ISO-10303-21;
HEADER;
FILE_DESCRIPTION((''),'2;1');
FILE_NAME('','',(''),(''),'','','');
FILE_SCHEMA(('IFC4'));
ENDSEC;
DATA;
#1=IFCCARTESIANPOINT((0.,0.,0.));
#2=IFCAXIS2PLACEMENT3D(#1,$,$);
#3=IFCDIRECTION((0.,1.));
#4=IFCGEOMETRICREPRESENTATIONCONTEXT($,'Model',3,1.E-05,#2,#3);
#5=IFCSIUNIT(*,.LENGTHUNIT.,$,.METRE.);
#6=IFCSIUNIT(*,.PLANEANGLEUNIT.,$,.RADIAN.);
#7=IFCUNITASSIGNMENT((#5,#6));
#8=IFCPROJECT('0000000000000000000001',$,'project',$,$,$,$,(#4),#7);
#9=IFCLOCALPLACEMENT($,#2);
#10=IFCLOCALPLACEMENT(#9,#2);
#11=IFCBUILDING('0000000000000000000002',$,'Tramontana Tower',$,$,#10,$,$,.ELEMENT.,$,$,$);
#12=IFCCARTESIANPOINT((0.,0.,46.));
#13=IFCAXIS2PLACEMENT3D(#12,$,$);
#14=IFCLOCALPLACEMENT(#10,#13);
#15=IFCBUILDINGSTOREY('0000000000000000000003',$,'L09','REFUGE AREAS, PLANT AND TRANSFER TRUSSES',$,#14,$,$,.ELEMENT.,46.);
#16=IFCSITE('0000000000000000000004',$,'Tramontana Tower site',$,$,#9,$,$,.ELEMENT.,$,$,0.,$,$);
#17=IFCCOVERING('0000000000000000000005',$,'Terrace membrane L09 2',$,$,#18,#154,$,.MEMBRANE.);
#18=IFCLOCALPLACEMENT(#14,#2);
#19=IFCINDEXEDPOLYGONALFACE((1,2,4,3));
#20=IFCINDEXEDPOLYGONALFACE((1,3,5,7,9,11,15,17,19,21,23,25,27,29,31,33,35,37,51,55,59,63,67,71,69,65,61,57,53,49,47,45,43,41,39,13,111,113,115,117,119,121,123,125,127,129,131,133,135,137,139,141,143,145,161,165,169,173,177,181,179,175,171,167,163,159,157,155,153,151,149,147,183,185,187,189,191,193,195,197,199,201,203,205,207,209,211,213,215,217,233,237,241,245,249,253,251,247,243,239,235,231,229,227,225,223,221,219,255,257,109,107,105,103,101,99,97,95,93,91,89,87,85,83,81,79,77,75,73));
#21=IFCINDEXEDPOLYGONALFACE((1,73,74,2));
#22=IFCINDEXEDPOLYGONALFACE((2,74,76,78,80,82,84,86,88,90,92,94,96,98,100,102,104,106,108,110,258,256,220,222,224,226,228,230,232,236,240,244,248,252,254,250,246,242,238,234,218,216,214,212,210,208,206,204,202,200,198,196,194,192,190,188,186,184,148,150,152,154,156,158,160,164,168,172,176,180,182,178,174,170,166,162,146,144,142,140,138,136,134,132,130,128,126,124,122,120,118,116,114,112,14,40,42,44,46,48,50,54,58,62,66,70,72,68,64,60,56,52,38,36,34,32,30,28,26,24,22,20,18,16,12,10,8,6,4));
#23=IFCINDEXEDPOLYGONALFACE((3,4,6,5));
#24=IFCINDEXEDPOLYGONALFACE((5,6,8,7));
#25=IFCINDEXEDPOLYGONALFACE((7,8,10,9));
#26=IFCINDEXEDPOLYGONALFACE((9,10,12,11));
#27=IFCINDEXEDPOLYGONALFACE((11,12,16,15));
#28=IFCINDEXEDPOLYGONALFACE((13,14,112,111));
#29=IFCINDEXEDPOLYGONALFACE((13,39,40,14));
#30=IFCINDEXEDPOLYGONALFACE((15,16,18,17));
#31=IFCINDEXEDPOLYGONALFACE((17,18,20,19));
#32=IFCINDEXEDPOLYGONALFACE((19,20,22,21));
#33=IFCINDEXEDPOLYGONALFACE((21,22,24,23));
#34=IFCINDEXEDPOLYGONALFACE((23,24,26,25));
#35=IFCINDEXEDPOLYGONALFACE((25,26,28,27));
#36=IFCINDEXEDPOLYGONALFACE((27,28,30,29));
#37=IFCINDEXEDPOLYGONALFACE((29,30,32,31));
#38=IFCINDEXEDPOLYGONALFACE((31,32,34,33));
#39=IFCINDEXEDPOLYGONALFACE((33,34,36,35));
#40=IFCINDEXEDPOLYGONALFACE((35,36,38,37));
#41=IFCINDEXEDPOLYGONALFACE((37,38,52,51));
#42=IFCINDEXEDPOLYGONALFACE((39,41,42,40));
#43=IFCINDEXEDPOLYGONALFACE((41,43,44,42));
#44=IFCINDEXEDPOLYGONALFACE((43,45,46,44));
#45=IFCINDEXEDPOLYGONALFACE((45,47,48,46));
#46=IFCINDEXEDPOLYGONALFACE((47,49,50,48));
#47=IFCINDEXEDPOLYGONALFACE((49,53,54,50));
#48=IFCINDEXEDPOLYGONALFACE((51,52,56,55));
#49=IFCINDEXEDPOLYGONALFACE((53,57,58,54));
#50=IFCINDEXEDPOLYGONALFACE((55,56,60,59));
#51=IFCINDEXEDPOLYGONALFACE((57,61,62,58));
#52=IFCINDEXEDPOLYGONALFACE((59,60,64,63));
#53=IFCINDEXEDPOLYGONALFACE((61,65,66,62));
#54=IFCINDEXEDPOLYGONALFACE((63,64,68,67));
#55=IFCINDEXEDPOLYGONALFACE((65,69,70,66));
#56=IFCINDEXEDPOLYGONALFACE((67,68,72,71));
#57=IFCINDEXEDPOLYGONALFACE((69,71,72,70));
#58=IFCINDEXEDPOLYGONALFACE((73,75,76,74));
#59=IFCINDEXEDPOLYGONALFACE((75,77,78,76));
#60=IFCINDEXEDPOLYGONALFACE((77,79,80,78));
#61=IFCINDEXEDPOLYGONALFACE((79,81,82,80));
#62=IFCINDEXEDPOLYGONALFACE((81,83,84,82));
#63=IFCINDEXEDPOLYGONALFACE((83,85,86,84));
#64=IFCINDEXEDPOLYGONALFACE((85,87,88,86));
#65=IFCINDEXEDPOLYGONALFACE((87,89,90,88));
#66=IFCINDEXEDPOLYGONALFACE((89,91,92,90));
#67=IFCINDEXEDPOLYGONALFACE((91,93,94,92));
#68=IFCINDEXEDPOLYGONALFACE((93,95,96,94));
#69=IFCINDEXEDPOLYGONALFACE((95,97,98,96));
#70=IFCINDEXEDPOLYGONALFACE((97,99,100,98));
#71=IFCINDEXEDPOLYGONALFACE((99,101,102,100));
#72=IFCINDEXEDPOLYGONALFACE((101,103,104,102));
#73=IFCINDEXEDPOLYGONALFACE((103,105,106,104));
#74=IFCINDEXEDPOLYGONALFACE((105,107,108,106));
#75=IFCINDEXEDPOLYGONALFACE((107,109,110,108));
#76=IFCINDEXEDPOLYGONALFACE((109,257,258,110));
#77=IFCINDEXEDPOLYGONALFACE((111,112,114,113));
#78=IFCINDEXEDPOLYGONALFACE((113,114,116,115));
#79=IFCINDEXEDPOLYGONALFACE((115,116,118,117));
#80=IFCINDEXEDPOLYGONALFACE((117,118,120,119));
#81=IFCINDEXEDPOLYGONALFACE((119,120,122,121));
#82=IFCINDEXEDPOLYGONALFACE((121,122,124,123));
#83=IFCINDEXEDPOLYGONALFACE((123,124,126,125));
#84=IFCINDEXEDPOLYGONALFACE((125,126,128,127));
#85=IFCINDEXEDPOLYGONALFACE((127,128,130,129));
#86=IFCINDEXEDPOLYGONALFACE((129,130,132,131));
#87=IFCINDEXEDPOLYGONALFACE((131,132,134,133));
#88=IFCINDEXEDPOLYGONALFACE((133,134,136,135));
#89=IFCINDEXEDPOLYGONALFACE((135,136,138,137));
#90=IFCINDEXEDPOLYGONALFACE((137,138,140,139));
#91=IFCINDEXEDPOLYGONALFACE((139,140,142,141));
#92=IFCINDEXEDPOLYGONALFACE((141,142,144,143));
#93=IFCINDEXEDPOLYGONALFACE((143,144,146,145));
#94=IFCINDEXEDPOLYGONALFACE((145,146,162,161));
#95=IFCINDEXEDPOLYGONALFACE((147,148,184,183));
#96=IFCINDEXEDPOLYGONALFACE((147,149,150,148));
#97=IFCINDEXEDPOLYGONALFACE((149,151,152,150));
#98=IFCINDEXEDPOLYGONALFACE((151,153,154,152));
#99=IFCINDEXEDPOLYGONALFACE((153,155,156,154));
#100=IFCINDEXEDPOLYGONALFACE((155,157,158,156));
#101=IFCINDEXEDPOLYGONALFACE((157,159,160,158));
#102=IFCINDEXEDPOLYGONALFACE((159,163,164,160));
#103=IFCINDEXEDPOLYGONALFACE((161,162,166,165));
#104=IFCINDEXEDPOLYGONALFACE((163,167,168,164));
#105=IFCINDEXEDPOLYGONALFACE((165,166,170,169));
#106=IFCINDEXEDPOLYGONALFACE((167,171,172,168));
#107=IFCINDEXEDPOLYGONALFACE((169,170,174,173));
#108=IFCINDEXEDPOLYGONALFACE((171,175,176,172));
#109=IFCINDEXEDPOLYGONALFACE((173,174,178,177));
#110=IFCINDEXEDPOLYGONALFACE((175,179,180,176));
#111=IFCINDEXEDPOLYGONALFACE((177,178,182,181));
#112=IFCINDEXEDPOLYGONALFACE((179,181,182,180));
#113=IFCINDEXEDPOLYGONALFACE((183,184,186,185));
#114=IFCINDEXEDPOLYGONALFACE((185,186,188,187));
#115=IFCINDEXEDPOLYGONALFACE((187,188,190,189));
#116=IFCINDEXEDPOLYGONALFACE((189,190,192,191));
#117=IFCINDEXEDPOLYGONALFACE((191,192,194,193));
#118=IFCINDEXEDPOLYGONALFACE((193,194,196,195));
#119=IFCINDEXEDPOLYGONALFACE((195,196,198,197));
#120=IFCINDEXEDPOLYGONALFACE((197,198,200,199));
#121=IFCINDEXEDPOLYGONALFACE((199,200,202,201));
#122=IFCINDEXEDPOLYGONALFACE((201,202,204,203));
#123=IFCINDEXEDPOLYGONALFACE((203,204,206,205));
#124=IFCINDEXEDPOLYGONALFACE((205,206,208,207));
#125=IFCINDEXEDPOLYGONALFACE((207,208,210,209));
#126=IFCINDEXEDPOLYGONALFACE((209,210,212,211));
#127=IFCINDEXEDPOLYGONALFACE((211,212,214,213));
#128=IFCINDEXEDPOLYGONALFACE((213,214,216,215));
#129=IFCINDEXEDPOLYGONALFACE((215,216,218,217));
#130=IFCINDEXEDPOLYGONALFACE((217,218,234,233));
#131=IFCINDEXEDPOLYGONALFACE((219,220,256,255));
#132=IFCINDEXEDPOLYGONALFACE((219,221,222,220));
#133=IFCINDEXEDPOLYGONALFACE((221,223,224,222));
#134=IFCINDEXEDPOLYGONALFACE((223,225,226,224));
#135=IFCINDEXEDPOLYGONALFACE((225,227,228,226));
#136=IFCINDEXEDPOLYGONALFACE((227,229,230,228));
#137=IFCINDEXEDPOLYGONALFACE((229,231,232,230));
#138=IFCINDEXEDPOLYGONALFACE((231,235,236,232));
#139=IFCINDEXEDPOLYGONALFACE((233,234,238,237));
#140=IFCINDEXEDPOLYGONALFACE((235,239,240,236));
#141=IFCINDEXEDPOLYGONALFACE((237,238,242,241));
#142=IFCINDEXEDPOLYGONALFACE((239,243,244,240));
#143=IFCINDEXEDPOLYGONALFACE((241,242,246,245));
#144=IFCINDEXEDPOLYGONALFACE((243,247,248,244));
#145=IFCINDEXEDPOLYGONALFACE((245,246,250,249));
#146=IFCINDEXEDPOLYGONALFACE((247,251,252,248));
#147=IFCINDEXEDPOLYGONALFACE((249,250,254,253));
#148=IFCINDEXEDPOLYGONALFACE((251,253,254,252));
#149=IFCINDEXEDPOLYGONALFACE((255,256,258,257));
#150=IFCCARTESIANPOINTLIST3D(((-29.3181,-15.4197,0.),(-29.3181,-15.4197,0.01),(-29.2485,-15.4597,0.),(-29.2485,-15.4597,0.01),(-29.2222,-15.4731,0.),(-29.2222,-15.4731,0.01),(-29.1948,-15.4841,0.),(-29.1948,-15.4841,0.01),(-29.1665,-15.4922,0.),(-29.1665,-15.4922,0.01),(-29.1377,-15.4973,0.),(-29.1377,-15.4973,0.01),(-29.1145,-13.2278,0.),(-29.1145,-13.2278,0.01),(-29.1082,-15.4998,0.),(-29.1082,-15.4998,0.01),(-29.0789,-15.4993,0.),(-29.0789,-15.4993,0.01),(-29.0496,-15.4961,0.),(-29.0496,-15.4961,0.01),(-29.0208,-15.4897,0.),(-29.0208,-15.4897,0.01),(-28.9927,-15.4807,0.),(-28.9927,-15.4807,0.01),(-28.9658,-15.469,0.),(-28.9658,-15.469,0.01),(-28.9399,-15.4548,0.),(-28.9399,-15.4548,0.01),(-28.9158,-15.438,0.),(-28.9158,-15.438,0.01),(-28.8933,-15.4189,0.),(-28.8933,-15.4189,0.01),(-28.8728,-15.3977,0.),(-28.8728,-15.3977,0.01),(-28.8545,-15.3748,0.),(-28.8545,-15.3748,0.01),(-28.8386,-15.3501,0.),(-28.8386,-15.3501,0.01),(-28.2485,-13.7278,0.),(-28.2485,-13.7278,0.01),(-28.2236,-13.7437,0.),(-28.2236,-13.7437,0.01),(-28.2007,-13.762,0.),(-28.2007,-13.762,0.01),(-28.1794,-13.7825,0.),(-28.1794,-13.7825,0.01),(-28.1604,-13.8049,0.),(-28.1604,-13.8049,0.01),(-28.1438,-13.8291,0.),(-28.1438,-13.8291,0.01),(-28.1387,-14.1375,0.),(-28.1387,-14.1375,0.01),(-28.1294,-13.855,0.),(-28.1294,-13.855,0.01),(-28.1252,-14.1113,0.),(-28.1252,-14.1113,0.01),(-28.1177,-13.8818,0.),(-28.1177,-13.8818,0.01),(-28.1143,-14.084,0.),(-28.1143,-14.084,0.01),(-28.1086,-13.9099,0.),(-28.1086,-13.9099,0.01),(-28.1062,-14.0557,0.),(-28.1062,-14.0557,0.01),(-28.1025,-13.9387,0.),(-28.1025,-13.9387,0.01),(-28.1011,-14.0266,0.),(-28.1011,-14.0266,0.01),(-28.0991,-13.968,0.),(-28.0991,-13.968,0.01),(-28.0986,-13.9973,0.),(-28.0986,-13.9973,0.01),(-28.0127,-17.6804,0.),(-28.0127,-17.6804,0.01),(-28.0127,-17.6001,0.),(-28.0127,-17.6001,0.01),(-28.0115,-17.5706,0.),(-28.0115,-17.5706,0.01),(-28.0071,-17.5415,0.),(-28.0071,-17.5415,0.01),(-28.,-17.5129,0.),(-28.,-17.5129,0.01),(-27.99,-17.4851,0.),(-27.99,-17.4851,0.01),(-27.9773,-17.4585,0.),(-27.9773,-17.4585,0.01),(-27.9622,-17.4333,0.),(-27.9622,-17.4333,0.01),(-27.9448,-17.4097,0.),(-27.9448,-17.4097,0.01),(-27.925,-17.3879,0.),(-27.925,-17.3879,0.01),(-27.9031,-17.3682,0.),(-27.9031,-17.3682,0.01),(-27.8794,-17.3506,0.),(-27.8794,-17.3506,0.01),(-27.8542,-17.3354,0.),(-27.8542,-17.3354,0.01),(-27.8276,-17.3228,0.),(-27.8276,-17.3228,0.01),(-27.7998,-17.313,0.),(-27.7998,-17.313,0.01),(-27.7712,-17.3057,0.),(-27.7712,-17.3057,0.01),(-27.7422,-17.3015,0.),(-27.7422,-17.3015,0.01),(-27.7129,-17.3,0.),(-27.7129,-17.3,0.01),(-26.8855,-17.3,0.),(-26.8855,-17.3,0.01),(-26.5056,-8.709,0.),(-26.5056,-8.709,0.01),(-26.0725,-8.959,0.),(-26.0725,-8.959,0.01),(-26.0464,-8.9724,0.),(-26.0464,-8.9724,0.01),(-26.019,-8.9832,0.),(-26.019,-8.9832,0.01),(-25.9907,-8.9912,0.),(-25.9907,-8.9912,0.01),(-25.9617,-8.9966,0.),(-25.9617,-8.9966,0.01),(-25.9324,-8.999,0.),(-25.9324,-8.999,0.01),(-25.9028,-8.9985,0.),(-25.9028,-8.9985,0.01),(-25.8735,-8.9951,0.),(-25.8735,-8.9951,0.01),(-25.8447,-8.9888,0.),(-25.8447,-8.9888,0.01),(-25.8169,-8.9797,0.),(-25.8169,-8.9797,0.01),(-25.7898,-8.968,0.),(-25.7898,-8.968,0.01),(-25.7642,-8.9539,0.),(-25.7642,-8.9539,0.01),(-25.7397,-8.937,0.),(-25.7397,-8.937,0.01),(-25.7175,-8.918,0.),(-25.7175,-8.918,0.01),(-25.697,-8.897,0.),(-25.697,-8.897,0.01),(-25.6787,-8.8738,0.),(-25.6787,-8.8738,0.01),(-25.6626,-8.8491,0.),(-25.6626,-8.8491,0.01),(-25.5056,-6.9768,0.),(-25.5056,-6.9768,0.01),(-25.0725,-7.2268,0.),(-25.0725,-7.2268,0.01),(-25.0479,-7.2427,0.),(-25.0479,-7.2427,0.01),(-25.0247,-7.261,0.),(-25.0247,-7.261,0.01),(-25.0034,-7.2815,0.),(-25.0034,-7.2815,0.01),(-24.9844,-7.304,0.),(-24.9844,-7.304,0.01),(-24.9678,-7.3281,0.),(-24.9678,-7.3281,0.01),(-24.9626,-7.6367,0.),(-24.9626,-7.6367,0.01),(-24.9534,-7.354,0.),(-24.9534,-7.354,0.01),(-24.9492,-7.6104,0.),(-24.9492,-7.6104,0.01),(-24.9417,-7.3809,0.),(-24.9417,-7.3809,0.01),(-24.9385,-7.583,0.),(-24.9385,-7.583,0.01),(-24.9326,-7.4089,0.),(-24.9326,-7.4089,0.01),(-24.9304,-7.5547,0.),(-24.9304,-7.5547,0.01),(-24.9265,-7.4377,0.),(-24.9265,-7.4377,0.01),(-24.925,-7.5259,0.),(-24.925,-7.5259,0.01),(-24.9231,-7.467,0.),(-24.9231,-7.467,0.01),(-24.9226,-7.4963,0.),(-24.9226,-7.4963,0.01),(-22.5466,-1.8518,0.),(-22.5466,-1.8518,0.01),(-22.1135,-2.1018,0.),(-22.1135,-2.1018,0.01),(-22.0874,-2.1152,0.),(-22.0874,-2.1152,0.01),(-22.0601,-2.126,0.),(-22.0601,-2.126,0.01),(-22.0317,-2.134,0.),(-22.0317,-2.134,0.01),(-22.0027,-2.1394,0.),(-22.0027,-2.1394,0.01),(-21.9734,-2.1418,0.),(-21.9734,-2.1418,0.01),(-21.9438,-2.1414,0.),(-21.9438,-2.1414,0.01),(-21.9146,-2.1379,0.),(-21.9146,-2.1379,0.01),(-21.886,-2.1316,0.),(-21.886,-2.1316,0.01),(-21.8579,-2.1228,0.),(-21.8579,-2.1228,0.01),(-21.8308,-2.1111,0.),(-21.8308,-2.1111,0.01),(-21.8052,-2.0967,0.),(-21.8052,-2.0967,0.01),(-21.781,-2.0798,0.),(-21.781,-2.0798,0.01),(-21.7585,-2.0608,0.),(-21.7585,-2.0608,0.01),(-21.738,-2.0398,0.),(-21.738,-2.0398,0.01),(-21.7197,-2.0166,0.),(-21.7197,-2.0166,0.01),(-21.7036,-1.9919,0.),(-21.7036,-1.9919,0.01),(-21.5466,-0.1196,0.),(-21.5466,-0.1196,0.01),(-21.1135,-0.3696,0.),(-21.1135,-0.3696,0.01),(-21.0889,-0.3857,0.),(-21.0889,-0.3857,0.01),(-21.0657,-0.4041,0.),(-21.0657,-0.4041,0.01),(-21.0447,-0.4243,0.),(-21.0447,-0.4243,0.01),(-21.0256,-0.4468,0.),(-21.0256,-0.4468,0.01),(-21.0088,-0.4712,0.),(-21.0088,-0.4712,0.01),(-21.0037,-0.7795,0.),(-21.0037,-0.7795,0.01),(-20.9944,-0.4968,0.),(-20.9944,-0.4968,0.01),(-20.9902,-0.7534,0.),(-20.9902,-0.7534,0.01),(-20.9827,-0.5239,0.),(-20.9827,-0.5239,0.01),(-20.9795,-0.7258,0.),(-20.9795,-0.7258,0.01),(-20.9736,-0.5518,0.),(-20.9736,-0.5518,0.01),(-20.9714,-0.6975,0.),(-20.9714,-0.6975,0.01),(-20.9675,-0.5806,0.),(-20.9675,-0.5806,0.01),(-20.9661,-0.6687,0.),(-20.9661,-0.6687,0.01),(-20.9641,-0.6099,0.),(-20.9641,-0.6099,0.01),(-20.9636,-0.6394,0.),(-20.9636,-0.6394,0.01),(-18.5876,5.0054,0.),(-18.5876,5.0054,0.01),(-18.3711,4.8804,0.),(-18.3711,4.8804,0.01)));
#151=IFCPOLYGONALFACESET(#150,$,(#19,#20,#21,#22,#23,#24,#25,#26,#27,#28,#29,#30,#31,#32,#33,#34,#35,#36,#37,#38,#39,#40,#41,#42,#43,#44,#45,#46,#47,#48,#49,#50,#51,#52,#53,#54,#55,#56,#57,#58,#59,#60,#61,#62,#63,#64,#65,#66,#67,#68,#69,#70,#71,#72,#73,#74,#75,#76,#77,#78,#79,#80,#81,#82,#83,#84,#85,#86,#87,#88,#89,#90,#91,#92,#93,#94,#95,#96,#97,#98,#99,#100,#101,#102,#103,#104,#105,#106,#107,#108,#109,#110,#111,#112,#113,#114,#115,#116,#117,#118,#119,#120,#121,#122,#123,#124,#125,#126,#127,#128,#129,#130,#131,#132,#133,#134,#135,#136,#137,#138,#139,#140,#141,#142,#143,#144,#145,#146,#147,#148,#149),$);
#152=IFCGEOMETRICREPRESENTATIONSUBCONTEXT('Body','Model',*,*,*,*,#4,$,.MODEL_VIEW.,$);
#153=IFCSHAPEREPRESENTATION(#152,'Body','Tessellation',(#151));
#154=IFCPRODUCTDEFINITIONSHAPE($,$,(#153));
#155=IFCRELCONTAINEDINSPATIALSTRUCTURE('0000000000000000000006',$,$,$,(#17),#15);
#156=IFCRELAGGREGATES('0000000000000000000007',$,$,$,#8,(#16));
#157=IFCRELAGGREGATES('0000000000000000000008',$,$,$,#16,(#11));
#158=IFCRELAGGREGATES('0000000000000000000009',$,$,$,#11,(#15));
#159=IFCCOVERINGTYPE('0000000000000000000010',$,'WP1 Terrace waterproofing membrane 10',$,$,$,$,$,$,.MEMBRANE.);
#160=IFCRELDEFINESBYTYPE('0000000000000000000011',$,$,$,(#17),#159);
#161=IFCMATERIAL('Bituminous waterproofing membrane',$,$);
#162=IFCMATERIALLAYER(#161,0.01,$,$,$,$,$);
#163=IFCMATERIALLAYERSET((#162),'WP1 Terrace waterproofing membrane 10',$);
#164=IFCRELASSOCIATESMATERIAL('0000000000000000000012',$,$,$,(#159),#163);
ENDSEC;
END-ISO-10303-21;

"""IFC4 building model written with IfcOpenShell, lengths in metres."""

from ifc_helpers import new_model, si_unit, direction, frame, origin, place, context, subcontext, project, spatial, polyline, outline, extrude, material, layer, layer_set, type_object, element, save


model = new_model("IFC4")

# Units and contexts
model_context = context("Model", 3, precision=1e-05, world=origin(), true_north=direction((0.0, 1.0)))
body_context = subcontext(model_context, "Body", "Model", "MODEL_VIEW")
ifc_project = project(units=[si_unit("LENGTHUNIT", "METRE"), si_unit("PLANEANGLEUNIT", "RADIAN")], contexts=[model_context])

# Site, building, storey
site_placement = place(None, origin())
site = spatial("IfcSite", under=ifc_project, at=site_placement, Name="Tramontana Tower site", CompositionType="ELEMENT", RefElevation=0.0)
building_placement = place(site_placement, origin())
building = spatial("IfcBuilding", under=site, at=building_placement, Name="Tramontana Tower", CompositionType="ELEMENT")
storey_placement = place(building_placement, frame((0.0, 0.0, 46.0)))
storey = spatial("IfcBuildingStorey", under=building, at=storey_placement, Name="L09", Description="REFUGE AREAS, PLANT AND TRANSFER TRUSSES", CompositionType="ELEMENT", Elevation=46.0)

# Covering
ifc_material_1 = material(Name="Bituminous waterproofing membrane")
ifc_layer_1 = layer(ifc_material_1, 0.01)
ifc_layer_set_1 = layer_set([ifc_layer_1], Name="WP1 Terrace waterproofing membrane 10")
covering_type_1 = type_object("IfcCoveringType", Name="WP1 Terrace waterproofing membrane 10", PredefinedType="MEMBRANE", material=ifc_layer_set_1)
covering_1_placement = place(storey_placement, origin())
element("IfcCovering", 1, at=covering_1_placement, inside=storey, type_object=covering_type_1, Name="Terrace membrane L09 2", PredefinedType="MEMBRANE", context=body_context, shape_type="SweptSolid", body=[
    extrude(outline(polyline([(-29.3181, -15.4197), (-29.2485, -15.4597), (-29.2222, -15.4731), (-29.1948, -15.4841), (-29.1665, -15.4922), (-29.1377, -15.4973), (-29.1082, -15.4998), (-29.0789, -15.4993), (-29.0496, -15.4961), (-29.0208, -15.4897), (-28.9927, -15.4807), (-28.9658, -15.469), (-28.9399, -15.4548), (-28.9158, -15.438), (-28.8933, -15.4189), (-28.8728, -15.3977), (-28.8545, -15.3748), (-28.8386, -15.3501), (-28.1387, -14.1375), (-28.1252, -14.1113), (-28.1143, -14.084), (-28.1062, -14.0557), (-28.1011, -14.0266), (-28.0986, -13.9973), (-28.0991, -13.968), (-28.1025, -13.9387), (-28.1086, -13.9099), (-28.1177, -13.8818), (-28.1294, -13.855), (-28.1438, -13.8291), (-28.1604, -13.8049), (-28.1794, -13.7825), (-28.2007, -13.762), (-28.2236, -13.7437), (-28.2485, -13.7278), (-29.1145, -13.2278), (-26.5056, -8.709), (-26.0725, -8.959), (-26.0464, -8.9724), (-26.019, -8.9832), (-25.9907, -8.9912), (-25.9617, -8.9966), (-25.9324, -8.999), (-25.9028, -8.9985), (-25.8735, -8.9951), (-25.8447, -8.9888), (-25.8169, -8.9797), (-25.7898, -8.968), (-25.7642, -8.9539), (-25.7397, -8.937), (-25.7175, -8.918), (-25.697, -8.897), (-25.6787, -8.8738), (-25.6626, -8.8491), (-24.9626, -7.6367), (-24.9492, -7.6104), (-24.9385, -7.583), (-24.9304, -7.5547), (-24.925, -7.5259), (-24.9226, -7.4963), (-24.9231, -7.467), (-24.9265, -7.4377), (-24.9326, -7.4089), (-24.9417, -7.3809), (-24.9534, -7.354), (-24.9678, -7.3281), (-24.9844, -7.304), (-25.0034, -7.2815), (-25.0247, -7.261), (-25.0479, -7.2427), (-25.0725, -7.2268), (-25.5056, -6.9768), (-22.5466, -1.8518), (-22.1135, -2.1018), (-22.0874, -2.1152), (-22.0601, -2.126), (-22.0317, -2.134), (-22.0027, -2.1394), (-21.9734, -2.1418), (-21.9438, -2.1414), (-21.9146, -2.1379), (-21.886, -2.1316), (-21.8579, -2.1228), (-21.8308, -2.1111), (-21.8052, -2.0967), (-21.781, -2.0798), (-21.7585, -2.0608), (-21.738, -2.0398), (-21.7197, -2.0166), (-21.7036, -1.9919), (-21.0037, -0.7795), (-20.9902, -0.7534), (-20.9795, -0.7258), (-20.9714, -0.6975), (-20.9661, -0.6687), (-20.9636, -0.6394), (-20.9641, -0.6099), (-20.9675, -0.5806), (-20.9736, -0.5518), (-20.9827, -0.5239), (-20.9944, -0.4968), (-21.0088, -0.4712), (-21.0256, -0.4468), (-21.0447, -0.4243), (-21.0657, -0.4041), (-21.0889, -0.3857), (-21.1135, -0.3696), (-21.5466, -0.1196), (-18.5876, 5.0054), (-18.3711, 4.8804), (-26.8855, -17.3), (-27.7129, -17.3), (-27.7422, -17.3015), (-27.7712, -17.3057), (-27.7998, -17.313), (-27.8276, -17.3228), (-27.8542, -17.3354), (-27.8794, -17.3506), (-27.9031, -17.3682), (-27.925, -17.3879), (-27.9448, -17.4097), (-27.9622, -17.4333), (-27.9773, -17.4585), (-27.99, -17.4851), (-28.0, -17.5129), (-28.0071, -17.5415), (-28.0115, -17.5706), (-28.0127, -17.6001), (-28.0127, -17.6804), (-29.3181, -15.4197)])), origin(), (0.0, 0.0, 1.0), 0.01),
])

save(model, "model.ifc")
